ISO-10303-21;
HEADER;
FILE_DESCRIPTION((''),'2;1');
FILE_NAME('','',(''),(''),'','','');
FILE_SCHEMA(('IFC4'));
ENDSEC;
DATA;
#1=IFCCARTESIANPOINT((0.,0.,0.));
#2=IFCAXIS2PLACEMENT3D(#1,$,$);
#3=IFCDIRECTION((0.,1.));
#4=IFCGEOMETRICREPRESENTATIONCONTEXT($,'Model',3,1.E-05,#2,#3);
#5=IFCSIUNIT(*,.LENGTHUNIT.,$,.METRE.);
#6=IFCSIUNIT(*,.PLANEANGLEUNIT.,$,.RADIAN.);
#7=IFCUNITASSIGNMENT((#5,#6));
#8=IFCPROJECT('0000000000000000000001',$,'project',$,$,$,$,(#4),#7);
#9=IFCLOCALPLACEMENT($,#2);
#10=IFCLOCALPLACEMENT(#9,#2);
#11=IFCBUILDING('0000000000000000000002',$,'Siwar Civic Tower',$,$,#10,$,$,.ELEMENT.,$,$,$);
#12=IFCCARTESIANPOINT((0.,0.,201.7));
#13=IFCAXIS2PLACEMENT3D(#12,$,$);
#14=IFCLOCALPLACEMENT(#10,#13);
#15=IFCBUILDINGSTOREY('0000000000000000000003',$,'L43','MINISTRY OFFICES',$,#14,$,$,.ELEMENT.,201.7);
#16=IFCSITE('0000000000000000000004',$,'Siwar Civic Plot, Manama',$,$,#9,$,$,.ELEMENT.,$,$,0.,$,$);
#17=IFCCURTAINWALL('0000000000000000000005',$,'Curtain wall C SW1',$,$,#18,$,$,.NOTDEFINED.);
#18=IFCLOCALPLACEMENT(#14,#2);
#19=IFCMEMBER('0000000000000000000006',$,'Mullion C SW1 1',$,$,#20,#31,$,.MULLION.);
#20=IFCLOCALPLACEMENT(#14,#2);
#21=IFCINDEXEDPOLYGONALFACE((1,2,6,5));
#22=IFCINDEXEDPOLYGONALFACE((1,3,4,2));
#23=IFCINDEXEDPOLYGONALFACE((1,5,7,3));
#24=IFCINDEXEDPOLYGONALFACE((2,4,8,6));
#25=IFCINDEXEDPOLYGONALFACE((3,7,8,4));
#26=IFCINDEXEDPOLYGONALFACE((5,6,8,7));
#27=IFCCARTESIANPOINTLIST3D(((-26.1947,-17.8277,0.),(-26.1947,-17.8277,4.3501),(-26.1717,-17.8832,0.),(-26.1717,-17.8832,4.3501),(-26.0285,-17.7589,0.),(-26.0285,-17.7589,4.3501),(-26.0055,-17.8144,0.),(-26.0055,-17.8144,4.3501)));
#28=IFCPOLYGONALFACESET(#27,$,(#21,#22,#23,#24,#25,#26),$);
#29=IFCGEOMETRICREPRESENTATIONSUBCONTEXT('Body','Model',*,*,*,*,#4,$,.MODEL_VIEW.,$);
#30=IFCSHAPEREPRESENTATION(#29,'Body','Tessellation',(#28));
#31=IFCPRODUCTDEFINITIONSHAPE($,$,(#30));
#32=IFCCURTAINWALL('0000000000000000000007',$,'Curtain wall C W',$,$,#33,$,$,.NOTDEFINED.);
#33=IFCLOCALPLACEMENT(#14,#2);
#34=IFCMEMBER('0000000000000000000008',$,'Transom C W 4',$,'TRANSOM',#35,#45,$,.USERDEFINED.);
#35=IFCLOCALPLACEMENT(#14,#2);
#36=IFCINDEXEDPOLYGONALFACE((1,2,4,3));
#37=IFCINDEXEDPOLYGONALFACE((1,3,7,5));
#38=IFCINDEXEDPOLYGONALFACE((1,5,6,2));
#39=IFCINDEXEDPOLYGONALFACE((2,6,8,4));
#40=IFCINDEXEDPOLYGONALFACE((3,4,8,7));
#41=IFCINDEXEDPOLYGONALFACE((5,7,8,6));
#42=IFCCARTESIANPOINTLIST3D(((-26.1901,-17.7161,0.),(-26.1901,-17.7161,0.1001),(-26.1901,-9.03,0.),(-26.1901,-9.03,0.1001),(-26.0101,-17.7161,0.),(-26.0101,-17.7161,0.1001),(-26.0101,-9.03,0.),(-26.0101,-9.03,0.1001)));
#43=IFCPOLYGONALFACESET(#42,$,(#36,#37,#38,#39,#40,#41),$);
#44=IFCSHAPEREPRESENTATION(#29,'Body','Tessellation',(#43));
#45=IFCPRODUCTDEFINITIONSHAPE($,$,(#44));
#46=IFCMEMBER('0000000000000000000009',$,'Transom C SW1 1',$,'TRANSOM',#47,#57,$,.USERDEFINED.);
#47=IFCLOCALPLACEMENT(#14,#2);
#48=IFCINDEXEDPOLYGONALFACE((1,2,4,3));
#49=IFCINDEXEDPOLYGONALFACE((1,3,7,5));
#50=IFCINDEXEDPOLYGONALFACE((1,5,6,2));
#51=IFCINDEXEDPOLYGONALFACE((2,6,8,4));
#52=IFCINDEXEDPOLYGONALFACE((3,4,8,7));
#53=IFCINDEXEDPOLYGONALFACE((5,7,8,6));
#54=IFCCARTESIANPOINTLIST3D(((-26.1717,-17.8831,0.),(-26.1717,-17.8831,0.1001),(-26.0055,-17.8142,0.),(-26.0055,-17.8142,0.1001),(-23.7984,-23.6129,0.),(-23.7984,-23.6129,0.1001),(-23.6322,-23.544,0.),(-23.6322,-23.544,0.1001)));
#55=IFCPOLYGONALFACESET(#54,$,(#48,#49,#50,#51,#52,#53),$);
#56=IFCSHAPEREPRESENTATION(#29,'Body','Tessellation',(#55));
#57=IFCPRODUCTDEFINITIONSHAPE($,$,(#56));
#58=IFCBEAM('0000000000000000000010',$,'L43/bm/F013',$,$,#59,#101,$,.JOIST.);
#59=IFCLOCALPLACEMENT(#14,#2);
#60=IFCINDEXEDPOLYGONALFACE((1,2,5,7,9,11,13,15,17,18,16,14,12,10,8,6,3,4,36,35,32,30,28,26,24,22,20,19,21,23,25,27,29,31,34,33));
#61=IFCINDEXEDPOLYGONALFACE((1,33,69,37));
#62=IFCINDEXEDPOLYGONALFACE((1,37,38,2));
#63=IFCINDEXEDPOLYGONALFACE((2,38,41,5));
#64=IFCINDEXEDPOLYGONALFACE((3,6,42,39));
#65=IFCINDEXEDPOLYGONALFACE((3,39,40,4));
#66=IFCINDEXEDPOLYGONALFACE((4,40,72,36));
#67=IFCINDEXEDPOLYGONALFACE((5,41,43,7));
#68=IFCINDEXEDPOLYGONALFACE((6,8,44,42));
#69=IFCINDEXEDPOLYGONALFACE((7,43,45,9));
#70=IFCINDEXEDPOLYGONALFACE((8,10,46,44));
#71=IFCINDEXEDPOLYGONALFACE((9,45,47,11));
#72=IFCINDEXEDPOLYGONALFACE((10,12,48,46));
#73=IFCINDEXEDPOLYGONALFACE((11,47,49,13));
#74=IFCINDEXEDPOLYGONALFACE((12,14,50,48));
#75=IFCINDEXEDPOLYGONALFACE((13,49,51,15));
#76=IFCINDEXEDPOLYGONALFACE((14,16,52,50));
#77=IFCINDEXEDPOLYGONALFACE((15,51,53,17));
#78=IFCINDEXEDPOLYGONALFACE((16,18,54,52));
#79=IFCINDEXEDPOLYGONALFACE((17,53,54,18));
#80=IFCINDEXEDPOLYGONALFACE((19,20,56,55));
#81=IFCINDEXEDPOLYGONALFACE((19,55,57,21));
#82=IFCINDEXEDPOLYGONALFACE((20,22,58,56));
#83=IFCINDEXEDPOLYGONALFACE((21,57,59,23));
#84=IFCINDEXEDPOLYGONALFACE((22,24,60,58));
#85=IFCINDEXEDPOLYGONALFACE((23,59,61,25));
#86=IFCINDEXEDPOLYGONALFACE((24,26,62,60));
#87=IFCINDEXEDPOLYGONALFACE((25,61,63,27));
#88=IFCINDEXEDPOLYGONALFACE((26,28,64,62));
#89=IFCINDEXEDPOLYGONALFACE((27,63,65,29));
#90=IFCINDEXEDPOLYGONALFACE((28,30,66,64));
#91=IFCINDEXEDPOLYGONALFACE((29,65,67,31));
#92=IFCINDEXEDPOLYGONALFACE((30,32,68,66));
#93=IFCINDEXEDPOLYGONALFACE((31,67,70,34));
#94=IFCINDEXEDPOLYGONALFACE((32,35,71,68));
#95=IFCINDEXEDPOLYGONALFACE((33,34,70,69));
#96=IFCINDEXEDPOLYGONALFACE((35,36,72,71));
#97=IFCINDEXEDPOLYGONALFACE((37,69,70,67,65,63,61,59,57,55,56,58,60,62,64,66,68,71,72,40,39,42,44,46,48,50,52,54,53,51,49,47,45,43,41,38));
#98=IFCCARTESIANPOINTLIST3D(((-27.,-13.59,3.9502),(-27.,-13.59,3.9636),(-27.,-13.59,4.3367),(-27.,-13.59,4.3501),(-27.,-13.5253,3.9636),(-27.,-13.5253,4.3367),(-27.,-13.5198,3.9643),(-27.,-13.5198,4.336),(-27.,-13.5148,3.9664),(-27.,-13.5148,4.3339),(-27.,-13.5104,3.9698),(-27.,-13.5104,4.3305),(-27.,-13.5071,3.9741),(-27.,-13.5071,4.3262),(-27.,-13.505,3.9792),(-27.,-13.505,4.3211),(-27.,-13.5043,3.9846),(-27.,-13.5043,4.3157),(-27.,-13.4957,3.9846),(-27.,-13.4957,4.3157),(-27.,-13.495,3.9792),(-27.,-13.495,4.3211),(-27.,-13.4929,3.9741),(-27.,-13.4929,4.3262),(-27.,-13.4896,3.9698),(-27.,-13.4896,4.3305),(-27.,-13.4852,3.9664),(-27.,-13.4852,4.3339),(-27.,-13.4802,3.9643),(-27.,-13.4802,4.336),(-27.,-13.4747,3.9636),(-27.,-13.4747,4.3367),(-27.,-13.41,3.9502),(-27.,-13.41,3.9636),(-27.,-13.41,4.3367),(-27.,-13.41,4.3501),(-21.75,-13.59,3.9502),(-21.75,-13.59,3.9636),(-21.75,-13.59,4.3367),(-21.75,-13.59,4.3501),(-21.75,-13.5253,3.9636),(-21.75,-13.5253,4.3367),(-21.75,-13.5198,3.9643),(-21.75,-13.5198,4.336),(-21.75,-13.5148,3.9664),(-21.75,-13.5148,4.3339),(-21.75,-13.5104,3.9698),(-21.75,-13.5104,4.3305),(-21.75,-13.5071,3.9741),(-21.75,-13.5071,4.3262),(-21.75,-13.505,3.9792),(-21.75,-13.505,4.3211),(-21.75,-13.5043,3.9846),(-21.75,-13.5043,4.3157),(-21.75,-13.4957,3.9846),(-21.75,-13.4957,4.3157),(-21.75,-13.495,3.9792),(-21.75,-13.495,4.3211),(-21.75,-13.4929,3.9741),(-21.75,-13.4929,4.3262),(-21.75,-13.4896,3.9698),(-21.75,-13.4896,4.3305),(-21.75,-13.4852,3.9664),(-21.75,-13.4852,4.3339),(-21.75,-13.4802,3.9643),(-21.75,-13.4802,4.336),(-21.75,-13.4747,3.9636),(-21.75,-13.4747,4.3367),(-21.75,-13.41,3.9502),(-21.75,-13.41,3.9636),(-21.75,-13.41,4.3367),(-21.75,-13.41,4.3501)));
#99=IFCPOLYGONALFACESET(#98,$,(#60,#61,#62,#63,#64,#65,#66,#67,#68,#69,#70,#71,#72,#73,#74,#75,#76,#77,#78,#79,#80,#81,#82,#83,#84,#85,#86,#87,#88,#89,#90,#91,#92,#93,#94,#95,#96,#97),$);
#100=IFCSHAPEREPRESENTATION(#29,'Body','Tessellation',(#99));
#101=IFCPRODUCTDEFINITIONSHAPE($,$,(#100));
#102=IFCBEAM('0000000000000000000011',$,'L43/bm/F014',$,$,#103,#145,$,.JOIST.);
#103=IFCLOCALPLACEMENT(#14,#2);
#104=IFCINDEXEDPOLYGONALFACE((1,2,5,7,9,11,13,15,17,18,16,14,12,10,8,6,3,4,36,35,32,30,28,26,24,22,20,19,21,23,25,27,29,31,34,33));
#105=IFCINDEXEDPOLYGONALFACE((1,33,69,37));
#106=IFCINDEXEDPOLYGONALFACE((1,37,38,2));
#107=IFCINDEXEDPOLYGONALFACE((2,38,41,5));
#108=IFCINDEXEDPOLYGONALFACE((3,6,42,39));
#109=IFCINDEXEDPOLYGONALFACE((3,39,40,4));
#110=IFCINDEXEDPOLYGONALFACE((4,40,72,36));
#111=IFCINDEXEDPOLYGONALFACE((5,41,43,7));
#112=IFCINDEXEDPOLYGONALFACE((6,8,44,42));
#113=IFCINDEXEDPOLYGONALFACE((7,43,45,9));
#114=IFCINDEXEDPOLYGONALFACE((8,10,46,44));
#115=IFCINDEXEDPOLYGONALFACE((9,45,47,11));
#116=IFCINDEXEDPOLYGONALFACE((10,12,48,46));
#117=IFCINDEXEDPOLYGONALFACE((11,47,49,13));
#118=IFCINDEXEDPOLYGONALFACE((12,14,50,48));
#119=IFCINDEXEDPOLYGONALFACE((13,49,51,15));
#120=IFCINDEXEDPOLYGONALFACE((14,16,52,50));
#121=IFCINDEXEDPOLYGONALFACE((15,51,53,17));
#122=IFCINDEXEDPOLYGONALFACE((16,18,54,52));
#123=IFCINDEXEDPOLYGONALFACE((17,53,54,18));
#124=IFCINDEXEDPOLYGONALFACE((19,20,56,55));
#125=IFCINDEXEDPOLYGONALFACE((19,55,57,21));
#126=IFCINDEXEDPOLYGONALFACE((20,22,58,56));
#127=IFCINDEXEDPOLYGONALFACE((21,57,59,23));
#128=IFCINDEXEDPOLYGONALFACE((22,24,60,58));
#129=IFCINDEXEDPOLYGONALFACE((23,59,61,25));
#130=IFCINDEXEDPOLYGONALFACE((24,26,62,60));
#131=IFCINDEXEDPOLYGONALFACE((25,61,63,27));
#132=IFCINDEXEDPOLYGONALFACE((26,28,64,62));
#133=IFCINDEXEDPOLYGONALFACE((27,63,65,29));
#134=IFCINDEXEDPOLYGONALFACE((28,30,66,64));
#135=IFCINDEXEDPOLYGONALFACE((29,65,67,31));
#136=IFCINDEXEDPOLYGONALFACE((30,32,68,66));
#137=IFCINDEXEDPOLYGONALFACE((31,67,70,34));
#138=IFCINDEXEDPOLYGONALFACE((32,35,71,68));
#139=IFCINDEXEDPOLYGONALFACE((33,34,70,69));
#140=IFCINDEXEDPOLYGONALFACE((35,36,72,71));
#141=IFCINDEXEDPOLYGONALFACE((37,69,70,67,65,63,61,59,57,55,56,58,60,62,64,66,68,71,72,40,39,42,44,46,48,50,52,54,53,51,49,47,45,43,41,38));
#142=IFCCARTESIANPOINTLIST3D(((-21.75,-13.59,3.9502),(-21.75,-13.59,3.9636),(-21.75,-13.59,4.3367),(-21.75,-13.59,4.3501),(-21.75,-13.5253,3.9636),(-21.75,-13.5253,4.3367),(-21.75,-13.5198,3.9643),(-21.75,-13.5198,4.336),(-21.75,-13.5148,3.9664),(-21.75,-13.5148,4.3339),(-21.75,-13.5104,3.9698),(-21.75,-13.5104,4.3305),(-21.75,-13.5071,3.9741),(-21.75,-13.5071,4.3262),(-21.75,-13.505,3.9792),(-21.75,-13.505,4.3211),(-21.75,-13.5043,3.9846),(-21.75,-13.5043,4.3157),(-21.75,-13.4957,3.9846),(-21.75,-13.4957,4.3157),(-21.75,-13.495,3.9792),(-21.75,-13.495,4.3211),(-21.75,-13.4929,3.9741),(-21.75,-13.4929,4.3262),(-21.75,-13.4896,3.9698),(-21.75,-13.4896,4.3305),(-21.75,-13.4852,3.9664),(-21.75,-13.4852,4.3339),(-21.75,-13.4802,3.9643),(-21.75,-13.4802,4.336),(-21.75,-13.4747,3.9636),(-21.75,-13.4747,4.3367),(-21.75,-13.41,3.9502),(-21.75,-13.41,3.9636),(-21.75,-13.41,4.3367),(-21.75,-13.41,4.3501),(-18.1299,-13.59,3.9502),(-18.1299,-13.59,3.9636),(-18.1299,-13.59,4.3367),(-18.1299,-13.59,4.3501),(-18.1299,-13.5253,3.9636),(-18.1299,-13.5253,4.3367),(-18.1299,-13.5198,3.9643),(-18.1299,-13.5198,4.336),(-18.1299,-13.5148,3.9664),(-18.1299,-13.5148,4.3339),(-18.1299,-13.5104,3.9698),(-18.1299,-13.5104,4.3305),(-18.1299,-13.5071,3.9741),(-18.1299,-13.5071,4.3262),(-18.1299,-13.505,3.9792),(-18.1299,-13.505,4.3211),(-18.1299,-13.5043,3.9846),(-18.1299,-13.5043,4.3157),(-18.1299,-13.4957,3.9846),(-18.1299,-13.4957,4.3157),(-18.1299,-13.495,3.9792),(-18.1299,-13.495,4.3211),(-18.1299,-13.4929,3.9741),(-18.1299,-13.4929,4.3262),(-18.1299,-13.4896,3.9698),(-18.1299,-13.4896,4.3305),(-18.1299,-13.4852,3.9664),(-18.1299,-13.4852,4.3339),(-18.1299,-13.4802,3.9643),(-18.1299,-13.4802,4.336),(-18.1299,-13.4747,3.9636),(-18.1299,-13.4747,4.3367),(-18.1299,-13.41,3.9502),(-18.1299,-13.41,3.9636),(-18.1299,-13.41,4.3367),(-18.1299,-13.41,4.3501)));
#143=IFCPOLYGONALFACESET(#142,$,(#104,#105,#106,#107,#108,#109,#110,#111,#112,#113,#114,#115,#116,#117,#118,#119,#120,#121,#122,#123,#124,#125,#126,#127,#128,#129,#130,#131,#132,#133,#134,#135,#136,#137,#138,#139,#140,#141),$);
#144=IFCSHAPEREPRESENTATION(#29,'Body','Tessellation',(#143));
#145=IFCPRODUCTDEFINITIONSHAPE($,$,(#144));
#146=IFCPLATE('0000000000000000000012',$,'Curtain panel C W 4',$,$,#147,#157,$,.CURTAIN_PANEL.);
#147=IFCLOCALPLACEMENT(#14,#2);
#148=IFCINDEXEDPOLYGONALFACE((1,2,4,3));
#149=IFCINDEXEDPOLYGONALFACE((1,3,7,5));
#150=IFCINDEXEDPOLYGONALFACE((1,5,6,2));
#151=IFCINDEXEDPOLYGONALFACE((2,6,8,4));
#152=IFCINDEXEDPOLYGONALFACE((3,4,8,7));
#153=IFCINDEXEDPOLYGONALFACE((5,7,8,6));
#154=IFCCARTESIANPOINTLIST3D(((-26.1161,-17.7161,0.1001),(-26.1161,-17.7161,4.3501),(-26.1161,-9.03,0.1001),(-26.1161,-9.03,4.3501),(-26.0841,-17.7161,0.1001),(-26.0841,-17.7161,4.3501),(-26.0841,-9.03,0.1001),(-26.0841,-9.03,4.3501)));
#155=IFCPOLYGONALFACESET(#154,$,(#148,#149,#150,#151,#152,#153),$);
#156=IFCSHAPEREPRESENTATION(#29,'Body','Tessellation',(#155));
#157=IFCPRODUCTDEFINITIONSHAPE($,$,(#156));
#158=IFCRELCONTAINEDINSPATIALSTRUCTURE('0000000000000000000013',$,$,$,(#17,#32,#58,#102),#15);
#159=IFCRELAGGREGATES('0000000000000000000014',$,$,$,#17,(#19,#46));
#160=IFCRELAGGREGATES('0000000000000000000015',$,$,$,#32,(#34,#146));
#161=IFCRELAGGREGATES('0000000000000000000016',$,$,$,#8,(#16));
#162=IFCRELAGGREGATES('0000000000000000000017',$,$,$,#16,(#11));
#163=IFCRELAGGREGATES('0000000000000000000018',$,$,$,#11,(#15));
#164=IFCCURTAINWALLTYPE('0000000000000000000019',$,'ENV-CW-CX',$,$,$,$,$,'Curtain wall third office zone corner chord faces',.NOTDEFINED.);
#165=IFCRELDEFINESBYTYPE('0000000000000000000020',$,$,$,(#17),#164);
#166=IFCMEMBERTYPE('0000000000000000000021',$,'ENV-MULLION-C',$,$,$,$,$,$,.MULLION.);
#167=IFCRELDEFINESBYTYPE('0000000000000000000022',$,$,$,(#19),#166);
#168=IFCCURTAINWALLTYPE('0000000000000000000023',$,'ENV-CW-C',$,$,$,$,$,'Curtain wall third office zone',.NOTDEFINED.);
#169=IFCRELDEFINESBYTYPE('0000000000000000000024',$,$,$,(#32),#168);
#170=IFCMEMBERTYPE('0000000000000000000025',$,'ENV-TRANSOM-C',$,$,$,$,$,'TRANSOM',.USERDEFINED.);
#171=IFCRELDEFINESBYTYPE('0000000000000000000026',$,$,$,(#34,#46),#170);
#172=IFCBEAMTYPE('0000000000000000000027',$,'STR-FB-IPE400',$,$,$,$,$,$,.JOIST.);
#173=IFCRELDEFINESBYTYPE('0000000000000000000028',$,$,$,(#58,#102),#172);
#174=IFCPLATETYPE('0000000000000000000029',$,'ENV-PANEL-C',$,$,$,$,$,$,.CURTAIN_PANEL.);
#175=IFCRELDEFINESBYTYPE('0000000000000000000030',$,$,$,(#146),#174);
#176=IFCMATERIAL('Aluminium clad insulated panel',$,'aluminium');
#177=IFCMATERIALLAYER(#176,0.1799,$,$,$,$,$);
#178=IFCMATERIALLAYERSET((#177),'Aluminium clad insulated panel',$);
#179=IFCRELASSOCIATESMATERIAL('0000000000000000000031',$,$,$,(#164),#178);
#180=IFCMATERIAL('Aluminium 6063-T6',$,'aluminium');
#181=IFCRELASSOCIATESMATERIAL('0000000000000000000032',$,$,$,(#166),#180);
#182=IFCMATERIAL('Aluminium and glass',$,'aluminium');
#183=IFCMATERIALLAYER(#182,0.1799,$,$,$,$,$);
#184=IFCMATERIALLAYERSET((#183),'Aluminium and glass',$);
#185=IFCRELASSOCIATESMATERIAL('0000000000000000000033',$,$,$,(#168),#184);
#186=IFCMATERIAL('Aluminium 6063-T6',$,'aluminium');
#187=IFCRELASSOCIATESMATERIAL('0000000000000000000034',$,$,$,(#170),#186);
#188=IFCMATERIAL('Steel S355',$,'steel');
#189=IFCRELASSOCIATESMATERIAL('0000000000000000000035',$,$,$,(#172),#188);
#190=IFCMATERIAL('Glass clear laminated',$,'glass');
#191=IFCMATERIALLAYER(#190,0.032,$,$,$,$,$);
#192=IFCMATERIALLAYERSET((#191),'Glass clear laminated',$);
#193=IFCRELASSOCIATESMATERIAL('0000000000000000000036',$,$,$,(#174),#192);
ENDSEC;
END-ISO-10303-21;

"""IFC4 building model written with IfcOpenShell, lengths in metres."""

from ifc_helpers import new_model, si_unit, direction, frame, origin, origin_2d, place, context, subcontext, project, spatial, rectangle, i_section, extrude, material, layer, layer_set, material_profile, profile_set, type_object, element, aggregate, save


model = new_model("IFC4")

# Units and contexts
model_context = context("Model", 3, precision=1e-05, world=origin(), true_north=direction((0.0, 1.0)))
body_context = subcontext(model_context, "Body", "Model", "MODEL_VIEW")
ifc_project = project(units=[si_unit("LENGTHUNIT", "METRE"), si_unit("PLANEANGLEUNIT", "RADIAN")], contexts=[model_context])

# Site, building, storey
site_placement = place(None, origin())
site = spatial("IfcSite", under=ifc_project, at=site_placement, Name="Siwar Civic Plot, Manama", CompositionType="ELEMENT", RefElevation=0.0)
building_placement = place(site_placement, origin())
building = spatial("IfcBuilding", under=site, at=building_placement, Name="Siwar Civic Tower", CompositionType="ELEMENT")
storey_placement = place(building_placement, frame((0.0, 0.0, 201.7)))
storey = spatial("IfcBuildingStorey", under=building, at=storey_placement, Name="L43", Description="MINISTRY OFFICES", CompositionType="ELEMENT", Elevation=201.7)

# Curtain walls, members
ifc_material_1 = material(Name="Aluminium clad insulated panel", Category="aluminium")
ifc_layer_1 = layer(ifc_material_1, 0.1799)
ifc_layer_set_1 = layer_set([ifc_layer_1], Name="Aluminium clad insulated panel")
curtain_wall_type_1 = type_object("IfcCurtainWallType", Name="ENV-CW-CX", ElementType="Curtain wall third office zone corner chord faces", PredefinedType="NOTDEFINED", material=ifc_layer_set_1)
curtain_wall_1_placement = place(storey_placement, origin())
curtain_wall_1 = element("IfcCurtainWall", 1, at=curtain_wall_1_placement, inside=storey, type_object=curtain_wall_type_1, Name="Curtain wall C SW1", PredefinedType="NOTDEFINED")
ifc_material_2 = material(Name="Aluminium 6063-T6", Category="aluminium")
ifc_material_profile_1 = material_profile(ifc_material_2, rectangle(XDim=0.1799, YDim=0.0601, at=origin_2d()), Name="AL 180x60")
ifc_profile_set_1 = profile_set([ifc_material_profile_1], Name="Aluminium 6063-T6")
member_type_1 = type_object("IfcMemberType", Name="ENV-MULLION-C", PredefinedType="MULLION", material=ifc_profile_set_1)
member_1_placement = place(storey_placement, frame((-26.1001, -17.821, 0.0), z_axis=(0.0, 0.0, 1.0), x_axis=(0.92388, 0.382683, 0.0)))
member_1 = element("IfcMember", 2, at=member_1_placement, type_object=member_type_1, Name="Mullion C SW1 1", PredefinedType="MULLION", context=body_context, shape_type="SweptSolid", body=[
    extrude(rectangle(XDim=0.1799, YDim=0.0601, at=origin_2d()), origin(), (0.0, 0.0, 1.0), 4.3501),
])
ifc_material_3 = material(Name="Aluminium and glass", Category="aluminium")
ifc_layer_2 = layer(ifc_material_3, 0.1799)
ifc_layer_set_2 = layer_set([ifc_layer_2], Name="Aluminium and glass")
curtain_wall_type_2 = type_object("IfcCurtainWallType", Name="ENV-CW-C", ElementType="Curtain wall third office zone", PredefinedType="NOTDEFINED", material=ifc_layer_set_2)
curtain_wall_2_placement = place(storey_placement, origin())
curtain_wall_2 = element("IfcCurtainWall", 3, at=curtain_wall_2_placement, inside=storey, type_object=curtain_wall_type_2, Name="Curtain wall C W", PredefinedType="NOTDEFINED")
ifc_material_4 = material(Name="Aluminium 6063-T6", Category="aluminium")
ifc_material_profile_2 = material_profile(ifc_material_4, rectangle(XDim=0.1799, YDim=0.1001, at=origin_2d()), Name="AL 180x100")
ifc_profile_set_2 = profile_set([ifc_material_profile_2], Name="Aluminium 6063-T6")
member_type_2 = type_object("IfcMemberType", Name="ENV-TRANSOM-C", ElementType="TRANSOM", PredefinedType="USERDEFINED", material=ifc_profile_set_2)
member_2_placement = place(storey_placement, frame((-26.1001, -9.03, 0.05), z_axis=(0.0, -1.0, 0.0), x_axis=(1.0, 0.0, 0.0)))
member_2 = element("IfcMember", 4, at=member_2_placement, type_object=member_type_2, Name="Transom C W 4", ObjectType="TRANSOM", PredefinedType="USERDEFINED", context=body_context, shape_type="SweptSolid", body=[
    extrude(rectangle(XDim=0.1799, YDim=0.1001, at=origin_2d()), origin(), (0.0, 0.0, 1.0), 8.686),
])

# Member
member_3_placement = place(storey_placement, frame((-26.0886, -17.8486, 0.05), z_axis=(0.382677, -0.923882, 0.0), x_axis=(0.923882, 0.382677, 0.0)))
member_3 = element("IfcMember", 5, at=member_3_placement, type_object=member_type_2, Name="Transom C SW1 1", ObjectType="TRANSOM", PredefinedType="USERDEFINED", context=body_context, shape_type="SweptSolid", body=[
    extrude(rectangle(XDim=0.1799, YDim=0.1001, at=origin_2d()), origin(), (0.0, 0.0, 1.0), 6.2019),
])
aggregate(curtain_wall_1, [member_1, member_3])

# Beams
ifc_material_5 = material(Name="Steel S355", Category="steel")
ifc_material_profile_3 = material_profile(ifc_material_5, i_section(OverallWidth=0.1799, OverallDepth=0.3999, WebThickness=0.0085, FlangeThickness=0.0134, FilletRadius=0.021, at=origin_2d()), Name="IPE400")
ifc_profile_set_3 = profile_set([ifc_material_profile_3], Name="Steel S355")
beam_type = type_object("IfcBeamType", Name="STR-FB-IPE400", PredefinedType="JOIST", material=ifc_profile_set_3)
beam_1_placement = place(storey_placement, frame((-27.0, -13.5, 4.1501), z_axis=(1.0, 0.0, 0.0), x_axis=(0.0, 1.0, 0.0)))
element("IfcBeam", 6, at=beam_1_placement, inside=storey, type_object=beam_type, Name="L43/bm/F013", PredefinedType="JOIST", context=body_context, shape_type="SweptSolid", body=[
    extrude(i_section(OverallWidth=0.1799, OverallDepth=0.3999, WebThickness=0.0085, FlangeThickness=0.0134, FilletRadius=0.021, at=origin_2d()), origin(), (0.0, 0.0, 1.0), 5.25),
])
beam_2_placement = place(storey_placement, frame((-21.75, -13.5, 4.1501), z_axis=(1.0, 0.0, 0.0), x_axis=(0.0, 1.0, 0.0)))
element("IfcBeam", 7, at=beam_2_placement, inside=storey, type_object=beam_type, Name="L43/bm/F014", PredefinedType="JOIST", context=body_context, shape_type="SweptSolid", body=[
    extrude(i_section(OverallWidth=0.1799, OverallDepth=0.3999, WebThickness=0.0085, FlangeThickness=0.0134, FilletRadius=0.021, at=origin_2d()), origin(), (0.0, 0.0, 1.0), 3.6201),
])

# Plate
ifc_material_6 = material(Name="Glass clear laminated", Category="glass")
ifc_layer_3 = layer(ifc_material_6, 0.032)
ifc_layer_set_3 = layer_set([ifc_layer_3], Name="Glass clear laminated")
plate_type = type_object("IfcPlateType", Name="ENV-PANEL-C", PredefinedType="CURTAIN_PANEL", material=ifc_layer_set_3)
plate_placement = place(storey_placement, frame((-26.1001, -13.373, 0.1001), z_axis=(0.0, 0.0, 1.0), x_axis=(0.0, -1.0, 0.0)))
plate = element("IfcPlate", 8, at=plate_placement, type_object=plate_type, Name="Curtain panel C W 4", PredefinedType="CURTAIN_PANEL", context=body_context, shape_type="SweptSolid", body=[
    extrude(rectangle(XDim=8.686, YDim=0.032, at=origin_2d()), origin(), (0.0, 0.0, 1.0), 4.25),
])
aggregate(curtain_wall_2, [member_2, plate])

save(model, "model.ifc")
